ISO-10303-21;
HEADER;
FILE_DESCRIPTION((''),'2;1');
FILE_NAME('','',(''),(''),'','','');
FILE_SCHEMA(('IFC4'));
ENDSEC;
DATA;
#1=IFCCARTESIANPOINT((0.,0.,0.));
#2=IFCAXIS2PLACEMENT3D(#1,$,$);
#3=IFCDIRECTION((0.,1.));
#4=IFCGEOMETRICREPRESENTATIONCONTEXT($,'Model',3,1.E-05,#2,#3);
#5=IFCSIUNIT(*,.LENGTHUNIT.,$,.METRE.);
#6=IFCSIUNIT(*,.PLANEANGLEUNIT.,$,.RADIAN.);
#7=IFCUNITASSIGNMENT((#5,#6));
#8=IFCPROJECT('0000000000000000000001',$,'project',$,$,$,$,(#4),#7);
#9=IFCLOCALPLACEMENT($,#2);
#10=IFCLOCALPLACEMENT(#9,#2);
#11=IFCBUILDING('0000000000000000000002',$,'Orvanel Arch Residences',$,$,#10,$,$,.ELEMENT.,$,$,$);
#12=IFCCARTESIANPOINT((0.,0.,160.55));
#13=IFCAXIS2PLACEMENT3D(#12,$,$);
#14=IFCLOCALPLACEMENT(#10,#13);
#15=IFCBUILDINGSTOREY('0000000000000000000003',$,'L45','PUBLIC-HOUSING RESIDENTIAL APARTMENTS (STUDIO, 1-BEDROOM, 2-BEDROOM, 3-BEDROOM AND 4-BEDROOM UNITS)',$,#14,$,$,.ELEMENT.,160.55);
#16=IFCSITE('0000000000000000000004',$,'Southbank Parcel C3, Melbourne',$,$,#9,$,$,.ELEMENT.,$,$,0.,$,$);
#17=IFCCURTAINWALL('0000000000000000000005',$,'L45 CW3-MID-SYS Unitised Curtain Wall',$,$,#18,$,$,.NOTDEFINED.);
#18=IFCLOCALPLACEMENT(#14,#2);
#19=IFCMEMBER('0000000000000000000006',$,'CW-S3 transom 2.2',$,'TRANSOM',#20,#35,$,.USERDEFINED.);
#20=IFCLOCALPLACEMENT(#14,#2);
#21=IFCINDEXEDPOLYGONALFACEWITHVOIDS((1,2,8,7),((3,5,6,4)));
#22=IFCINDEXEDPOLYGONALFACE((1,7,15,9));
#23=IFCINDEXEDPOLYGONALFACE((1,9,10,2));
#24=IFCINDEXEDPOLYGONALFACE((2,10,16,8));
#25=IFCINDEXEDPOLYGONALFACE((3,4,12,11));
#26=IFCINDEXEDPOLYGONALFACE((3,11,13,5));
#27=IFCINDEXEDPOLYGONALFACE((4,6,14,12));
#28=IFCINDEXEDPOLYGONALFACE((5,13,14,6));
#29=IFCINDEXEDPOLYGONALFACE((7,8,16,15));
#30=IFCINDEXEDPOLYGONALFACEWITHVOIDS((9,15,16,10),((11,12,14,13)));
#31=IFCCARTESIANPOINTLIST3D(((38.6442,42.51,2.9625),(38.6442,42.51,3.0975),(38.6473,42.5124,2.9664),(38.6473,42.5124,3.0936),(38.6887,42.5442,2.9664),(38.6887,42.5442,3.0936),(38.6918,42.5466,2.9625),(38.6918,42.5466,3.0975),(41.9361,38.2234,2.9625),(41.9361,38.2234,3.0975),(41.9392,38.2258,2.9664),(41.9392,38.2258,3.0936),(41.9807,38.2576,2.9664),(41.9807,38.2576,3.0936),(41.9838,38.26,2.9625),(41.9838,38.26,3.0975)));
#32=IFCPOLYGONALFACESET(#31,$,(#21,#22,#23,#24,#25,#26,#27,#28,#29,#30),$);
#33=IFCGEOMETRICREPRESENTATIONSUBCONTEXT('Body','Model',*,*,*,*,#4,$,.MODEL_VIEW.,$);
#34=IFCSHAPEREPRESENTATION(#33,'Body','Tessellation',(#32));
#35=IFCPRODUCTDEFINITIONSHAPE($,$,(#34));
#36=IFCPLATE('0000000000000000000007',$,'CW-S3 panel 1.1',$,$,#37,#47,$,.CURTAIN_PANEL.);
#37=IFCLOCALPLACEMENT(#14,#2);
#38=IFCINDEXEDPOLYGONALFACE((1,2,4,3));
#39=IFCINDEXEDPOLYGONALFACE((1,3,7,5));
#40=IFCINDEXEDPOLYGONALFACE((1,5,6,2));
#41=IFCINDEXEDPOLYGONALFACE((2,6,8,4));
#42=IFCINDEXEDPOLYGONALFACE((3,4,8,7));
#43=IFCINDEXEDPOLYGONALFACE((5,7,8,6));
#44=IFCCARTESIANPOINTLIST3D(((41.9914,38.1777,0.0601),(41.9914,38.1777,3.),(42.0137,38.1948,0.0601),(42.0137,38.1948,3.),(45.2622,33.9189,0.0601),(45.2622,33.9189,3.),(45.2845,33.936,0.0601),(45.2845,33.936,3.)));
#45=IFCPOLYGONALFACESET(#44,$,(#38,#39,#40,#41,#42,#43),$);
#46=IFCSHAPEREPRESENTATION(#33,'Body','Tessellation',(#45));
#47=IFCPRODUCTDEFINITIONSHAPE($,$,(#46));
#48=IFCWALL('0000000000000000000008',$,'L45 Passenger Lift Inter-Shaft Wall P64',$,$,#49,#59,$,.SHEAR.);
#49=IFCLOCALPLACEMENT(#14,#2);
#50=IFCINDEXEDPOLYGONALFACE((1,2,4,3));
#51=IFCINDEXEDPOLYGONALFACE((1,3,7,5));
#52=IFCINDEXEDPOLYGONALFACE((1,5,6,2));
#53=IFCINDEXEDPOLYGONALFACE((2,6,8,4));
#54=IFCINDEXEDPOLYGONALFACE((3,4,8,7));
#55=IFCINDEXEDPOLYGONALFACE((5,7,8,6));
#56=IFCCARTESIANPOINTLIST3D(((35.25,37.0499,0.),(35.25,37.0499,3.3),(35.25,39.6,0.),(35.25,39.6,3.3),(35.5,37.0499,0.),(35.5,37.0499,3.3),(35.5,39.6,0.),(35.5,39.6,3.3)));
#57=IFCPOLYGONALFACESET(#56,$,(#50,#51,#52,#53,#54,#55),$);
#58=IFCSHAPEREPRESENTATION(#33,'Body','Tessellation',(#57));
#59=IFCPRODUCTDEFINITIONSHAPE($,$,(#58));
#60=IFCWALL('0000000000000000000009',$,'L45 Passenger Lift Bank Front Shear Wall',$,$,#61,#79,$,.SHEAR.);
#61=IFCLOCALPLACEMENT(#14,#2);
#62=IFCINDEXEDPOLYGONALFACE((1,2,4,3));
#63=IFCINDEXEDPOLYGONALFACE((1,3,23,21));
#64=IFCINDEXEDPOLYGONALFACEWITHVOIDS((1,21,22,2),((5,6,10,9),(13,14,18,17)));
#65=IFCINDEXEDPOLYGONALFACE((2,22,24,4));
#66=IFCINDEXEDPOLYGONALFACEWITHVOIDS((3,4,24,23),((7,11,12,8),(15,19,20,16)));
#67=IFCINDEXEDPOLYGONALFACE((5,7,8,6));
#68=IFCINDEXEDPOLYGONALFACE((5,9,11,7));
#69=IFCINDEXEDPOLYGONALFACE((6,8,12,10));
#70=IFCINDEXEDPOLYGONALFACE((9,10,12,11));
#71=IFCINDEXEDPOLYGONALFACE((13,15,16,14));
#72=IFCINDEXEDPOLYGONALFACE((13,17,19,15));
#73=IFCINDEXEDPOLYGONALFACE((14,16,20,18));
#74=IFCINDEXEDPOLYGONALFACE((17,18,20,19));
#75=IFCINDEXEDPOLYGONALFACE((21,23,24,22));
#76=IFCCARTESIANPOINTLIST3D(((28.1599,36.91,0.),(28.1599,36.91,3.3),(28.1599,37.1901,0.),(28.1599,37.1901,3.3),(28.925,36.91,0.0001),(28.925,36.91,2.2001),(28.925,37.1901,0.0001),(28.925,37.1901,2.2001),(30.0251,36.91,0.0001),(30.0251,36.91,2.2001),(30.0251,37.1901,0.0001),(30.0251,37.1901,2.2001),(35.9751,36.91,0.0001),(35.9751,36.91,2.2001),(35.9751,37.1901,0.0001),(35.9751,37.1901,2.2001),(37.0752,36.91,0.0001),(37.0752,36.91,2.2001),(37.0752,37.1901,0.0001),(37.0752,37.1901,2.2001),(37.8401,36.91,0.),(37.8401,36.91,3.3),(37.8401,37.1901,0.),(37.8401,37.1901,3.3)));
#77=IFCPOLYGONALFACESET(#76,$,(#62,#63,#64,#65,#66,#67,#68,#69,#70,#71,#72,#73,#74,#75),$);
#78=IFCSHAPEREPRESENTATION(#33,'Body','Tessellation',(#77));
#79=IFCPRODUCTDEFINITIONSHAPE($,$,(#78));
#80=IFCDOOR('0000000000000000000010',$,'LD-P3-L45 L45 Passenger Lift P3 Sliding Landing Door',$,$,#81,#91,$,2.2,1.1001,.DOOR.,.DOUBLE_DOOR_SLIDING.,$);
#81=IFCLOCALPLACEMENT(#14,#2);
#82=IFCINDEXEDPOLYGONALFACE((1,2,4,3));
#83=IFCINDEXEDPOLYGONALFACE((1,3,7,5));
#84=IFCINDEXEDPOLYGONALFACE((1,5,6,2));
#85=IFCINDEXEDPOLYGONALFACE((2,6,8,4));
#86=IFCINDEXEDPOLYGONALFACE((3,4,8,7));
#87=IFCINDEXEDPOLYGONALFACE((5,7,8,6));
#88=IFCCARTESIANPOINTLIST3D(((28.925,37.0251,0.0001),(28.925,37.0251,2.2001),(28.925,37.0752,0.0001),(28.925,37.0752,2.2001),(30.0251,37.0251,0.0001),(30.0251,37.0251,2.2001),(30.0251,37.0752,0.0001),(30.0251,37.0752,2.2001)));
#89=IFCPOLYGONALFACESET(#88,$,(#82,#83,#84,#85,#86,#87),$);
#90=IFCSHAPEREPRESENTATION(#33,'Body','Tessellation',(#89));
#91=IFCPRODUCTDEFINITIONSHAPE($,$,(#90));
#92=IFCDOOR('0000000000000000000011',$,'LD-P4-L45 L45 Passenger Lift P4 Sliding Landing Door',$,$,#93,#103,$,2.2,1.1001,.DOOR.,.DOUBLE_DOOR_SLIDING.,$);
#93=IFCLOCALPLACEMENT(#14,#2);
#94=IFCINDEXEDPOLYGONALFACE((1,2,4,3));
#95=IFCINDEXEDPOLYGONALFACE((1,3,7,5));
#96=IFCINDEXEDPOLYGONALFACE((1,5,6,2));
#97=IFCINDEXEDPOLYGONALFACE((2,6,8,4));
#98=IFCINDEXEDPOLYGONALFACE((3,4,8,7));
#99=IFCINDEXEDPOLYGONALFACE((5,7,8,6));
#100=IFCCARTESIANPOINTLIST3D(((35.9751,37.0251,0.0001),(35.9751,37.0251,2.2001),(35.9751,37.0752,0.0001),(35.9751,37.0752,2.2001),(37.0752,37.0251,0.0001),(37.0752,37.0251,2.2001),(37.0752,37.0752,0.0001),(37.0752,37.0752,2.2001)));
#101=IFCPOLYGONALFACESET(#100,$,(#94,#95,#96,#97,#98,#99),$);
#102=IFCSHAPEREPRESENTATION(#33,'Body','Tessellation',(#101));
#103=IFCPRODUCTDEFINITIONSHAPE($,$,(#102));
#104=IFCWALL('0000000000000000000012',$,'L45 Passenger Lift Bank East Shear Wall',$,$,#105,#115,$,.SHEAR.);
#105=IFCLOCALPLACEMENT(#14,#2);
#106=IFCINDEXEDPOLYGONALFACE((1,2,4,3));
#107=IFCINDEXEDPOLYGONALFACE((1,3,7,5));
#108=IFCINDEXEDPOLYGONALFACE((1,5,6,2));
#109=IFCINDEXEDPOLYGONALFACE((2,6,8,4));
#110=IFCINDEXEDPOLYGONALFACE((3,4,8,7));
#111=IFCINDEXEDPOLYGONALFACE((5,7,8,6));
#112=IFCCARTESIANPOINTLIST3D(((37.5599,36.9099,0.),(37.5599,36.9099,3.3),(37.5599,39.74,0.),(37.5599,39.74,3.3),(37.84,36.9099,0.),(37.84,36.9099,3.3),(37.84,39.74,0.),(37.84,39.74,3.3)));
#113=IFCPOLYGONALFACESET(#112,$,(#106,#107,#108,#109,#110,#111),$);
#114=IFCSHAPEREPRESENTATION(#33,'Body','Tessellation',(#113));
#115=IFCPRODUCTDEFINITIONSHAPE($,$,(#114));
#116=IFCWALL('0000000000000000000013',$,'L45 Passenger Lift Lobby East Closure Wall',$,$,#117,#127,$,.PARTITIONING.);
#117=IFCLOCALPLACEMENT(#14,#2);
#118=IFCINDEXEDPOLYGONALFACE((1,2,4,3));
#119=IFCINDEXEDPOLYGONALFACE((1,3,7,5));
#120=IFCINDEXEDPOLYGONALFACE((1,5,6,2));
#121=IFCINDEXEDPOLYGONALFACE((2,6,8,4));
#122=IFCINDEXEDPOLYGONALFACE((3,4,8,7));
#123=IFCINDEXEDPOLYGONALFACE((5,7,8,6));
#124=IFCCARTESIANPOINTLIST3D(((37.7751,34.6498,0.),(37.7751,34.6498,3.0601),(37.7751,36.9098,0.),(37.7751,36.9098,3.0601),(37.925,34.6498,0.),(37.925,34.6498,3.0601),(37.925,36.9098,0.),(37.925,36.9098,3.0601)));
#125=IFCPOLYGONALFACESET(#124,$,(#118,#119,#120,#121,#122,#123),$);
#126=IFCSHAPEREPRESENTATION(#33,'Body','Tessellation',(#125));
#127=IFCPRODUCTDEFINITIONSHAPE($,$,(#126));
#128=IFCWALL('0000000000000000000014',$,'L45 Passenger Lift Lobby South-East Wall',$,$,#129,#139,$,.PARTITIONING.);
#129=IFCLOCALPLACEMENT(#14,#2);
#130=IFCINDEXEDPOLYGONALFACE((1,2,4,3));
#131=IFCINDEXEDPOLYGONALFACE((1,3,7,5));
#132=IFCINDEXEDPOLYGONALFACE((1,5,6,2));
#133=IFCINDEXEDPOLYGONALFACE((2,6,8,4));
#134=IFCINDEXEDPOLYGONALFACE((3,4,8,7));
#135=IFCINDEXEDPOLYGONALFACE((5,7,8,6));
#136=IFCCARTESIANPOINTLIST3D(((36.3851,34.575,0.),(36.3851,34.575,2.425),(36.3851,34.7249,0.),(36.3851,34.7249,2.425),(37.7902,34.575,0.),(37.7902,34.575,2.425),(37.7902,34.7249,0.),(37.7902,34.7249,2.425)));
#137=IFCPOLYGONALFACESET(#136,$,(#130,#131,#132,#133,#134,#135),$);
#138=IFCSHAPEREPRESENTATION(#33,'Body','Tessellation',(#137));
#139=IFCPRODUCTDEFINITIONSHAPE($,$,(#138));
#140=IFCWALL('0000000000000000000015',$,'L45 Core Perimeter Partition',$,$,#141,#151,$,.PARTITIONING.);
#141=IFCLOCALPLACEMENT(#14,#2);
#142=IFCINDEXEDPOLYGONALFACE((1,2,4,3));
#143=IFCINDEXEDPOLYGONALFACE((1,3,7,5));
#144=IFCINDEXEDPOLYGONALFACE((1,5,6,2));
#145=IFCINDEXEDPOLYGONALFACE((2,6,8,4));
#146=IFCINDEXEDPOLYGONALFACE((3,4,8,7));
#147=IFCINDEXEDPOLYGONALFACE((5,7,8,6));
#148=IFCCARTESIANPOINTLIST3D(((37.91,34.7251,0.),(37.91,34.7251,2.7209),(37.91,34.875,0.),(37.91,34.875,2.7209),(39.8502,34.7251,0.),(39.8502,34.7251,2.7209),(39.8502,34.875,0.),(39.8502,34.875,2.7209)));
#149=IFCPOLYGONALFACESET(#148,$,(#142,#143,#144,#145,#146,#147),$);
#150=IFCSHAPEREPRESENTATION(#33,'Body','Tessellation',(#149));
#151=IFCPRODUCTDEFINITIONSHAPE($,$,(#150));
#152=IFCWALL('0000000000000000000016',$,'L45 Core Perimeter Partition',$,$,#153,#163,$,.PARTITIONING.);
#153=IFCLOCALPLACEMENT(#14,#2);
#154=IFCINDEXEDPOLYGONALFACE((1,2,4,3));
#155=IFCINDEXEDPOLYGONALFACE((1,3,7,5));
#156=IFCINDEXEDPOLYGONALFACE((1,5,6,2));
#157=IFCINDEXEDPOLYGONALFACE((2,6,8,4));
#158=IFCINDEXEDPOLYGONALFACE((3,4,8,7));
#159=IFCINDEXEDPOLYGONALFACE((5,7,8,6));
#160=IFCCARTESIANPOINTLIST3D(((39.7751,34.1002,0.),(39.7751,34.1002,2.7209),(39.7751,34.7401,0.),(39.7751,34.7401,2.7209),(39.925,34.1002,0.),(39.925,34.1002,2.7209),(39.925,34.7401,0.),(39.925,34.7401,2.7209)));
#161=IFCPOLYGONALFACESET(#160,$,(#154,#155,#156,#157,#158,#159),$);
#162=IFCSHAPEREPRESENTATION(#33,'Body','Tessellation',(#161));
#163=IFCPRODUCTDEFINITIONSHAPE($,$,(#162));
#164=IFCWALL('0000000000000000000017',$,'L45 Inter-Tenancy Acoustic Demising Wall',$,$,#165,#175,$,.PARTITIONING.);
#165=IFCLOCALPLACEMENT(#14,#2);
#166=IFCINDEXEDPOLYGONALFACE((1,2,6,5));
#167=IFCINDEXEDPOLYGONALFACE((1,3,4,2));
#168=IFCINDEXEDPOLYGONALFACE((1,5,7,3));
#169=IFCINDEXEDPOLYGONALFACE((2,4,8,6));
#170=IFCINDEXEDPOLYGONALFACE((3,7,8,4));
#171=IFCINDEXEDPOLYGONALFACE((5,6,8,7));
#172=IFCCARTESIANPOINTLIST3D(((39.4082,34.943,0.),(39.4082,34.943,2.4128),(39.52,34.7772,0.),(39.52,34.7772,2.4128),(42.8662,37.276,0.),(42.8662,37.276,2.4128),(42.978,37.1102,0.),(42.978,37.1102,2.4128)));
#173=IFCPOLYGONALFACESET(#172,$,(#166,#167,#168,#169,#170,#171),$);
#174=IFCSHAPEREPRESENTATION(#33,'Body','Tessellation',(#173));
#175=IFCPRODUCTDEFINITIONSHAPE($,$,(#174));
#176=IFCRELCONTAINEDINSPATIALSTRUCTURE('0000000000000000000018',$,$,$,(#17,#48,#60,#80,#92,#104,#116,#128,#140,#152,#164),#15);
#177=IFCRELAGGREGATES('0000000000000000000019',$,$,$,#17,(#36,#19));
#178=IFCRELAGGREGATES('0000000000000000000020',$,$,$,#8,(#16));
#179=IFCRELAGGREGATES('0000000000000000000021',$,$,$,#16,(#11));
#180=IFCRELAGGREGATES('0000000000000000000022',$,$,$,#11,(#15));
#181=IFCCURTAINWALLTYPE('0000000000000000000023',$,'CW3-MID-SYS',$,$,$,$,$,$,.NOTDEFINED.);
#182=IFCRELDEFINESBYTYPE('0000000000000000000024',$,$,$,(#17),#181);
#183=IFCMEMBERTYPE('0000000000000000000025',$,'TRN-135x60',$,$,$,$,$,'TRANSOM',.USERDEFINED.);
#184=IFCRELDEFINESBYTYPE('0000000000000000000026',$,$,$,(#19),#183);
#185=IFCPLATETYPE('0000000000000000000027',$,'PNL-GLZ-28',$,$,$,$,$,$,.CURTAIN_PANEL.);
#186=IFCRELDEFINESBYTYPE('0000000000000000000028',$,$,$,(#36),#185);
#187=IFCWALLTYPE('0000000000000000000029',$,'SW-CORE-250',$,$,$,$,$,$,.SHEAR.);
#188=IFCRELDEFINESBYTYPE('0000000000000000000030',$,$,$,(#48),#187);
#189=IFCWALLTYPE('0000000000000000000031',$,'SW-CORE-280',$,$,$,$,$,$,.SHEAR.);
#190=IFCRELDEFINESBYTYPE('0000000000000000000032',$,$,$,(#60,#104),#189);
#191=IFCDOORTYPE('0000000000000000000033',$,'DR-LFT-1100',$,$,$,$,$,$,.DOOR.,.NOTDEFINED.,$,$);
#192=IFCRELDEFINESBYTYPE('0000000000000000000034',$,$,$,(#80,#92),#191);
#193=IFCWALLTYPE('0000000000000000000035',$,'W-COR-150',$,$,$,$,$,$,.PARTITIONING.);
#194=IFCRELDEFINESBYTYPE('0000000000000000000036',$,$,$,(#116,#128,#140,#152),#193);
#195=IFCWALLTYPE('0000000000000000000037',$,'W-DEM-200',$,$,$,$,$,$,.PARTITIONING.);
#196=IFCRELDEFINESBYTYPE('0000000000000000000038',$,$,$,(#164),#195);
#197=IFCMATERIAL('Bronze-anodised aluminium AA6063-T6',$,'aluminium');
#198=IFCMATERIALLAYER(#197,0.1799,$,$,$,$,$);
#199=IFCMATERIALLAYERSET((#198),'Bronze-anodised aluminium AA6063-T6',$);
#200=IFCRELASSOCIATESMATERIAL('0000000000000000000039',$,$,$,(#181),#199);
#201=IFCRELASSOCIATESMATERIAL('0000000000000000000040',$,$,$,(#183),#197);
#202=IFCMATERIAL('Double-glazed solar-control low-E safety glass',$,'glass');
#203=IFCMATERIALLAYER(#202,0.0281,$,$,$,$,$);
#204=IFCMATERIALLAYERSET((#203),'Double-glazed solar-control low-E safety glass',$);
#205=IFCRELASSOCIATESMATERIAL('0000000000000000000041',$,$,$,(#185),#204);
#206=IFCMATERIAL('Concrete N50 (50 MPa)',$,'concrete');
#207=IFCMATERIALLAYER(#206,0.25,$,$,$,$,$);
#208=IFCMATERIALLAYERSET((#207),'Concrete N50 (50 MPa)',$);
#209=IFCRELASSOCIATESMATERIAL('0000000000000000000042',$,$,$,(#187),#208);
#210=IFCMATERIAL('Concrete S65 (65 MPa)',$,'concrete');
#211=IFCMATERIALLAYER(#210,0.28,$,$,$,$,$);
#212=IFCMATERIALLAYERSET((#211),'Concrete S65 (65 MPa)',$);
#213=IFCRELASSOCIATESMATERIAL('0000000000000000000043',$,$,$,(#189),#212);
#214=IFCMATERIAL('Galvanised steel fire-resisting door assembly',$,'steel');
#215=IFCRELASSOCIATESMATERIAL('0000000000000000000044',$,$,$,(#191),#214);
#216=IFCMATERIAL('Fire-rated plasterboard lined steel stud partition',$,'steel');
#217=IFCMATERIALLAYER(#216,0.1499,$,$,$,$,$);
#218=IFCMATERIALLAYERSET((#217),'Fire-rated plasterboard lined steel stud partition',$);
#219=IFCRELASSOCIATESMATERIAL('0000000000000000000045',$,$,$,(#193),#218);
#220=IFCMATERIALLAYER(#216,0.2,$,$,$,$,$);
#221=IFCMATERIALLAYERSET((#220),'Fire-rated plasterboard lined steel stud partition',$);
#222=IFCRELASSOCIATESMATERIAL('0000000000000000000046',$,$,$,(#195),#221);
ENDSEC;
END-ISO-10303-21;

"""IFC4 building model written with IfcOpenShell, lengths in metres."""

from ifc_helpers import new_model, si_unit, direction, frame, frame_2d, origin, origin_2d, place, context, subcontext, project, spatial, rectangle, hollow_rectangle, extrude, material, layer, layer_set, material_profile, profile_set, type_object, element, fill, aggregate, save


model = new_model("IFC4")

# Units and contexts
model_context = context("Model", 3, precision=1e-05, world=origin(), true_north=direction((0.0, 1.0)))
body_context = subcontext(model_context, "Body", "Model", "MODEL_VIEW")
ifc_project = project(units=[si_unit("LENGTHUNIT", "METRE"), si_unit("PLANEANGLEUNIT", "RADIAN")], contexts=[model_context])

# Site, building, storey
site_placement = place(None, origin())
site = spatial("IfcSite", under=ifc_project, at=site_placement, Name="Southbank Parcel C3, Melbourne", CompositionType="ELEMENT", RefElevation=0.0)
building_placement = place(site_placement, origin())
building = spatial("IfcBuilding", under=site, at=building_placement, Name="Orvanel Arch Residences", CompositionType="ELEMENT")
storey_placement = place(building_placement, frame((0.0, 0.0, 160.55)))
storey = spatial("IfcBuildingStorey", under=building, at=storey_placement, Name="L45", Description="PUBLIC-HOUSING RESIDENTIAL APARTMENTS (STUDIO, 1-BEDROOM, 2-BEDROOM, 3-BEDROOM AND 4-BEDROOM UNITS)", CompositionType="ELEMENT", Elevation=160.55)

# Shared definitions
ifc_material_1 = material(Name="Concrete S65 (65 MPa)", Category="concrete")

# Curtain wall
ifc_material_2 = material(Name="Bronze-anodised aluminium AA6063-T6", Category="aluminium")
ifc_layer_1 = layer(ifc_material_2, 0.1799)
ifc_layer_set_1 = layer_set([ifc_layer_1], Name="Bronze-anodised aluminium AA6063-T6")
curtain_wall_type = type_object("IfcCurtainWallType", Name="CW3-MID-SYS", PredefinedType="NOTDEFINED", material=ifc_layer_set_1)
curtain_wall_placement = place(storey_placement, origin())
curtain_wall = element("IfcCurtainWall", 1, at=curtain_wall_placement, inside=storey, type_object=curtain_wall_type, Name="L45 CW3-MID-SYS Unitised Curtain Wall", PredefinedType="NOTDEFINED")

# Member
ifc_material_profile_1 = material_profile(ifc_material_2, hollow_rectangle(XDim=0.0601, YDim=0.135, WallThickness=0.0039, at=origin_2d()), Name="ALU135x60x4")
ifc_profile_set_1 = profile_set([ifc_material_profile_1], Name="Bronze-anodised aluminium AA6063-T6")
member_type_1 = type_object("IfcMemberType", Name="TRN-135x60", ElementType="TRANSOM", PredefinedType="USERDEFINED", material=ifc_profile_set_1)
member_1_placement = place(storey_placement, frame((41.96, 38.2417, 3.03), z_axis=(-0.609082, 0.793107, 0.0), x_axis=(-0.793107, -0.609082, 0.0)))
member_1 = element("IfcMember", 2, at=member_1_placement, type_object=member_type_1, Name="CW-S3 transom 2.2", ObjectType="TRANSOM", PredefinedType="USERDEFINED", context=body_context, shape_type="SweptSolid", body=[
    extrude(hollow_rectangle(XDim=0.0601, YDim=0.135, WallThickness=0.0039, at=origin_2d()), origin(), (0.0, 0.0, 1.0), 5.4048),
])

# Plate
ifc_material_3 = material(Name="Double-glazed solar-control low-E safety glass", Category="glass")
ifc_layer_2 = layer(ifc_material_3, 0.0281)
ifc_layer_set_2 = layer_set([ifc_layer_2], Name="Double-glazed solar-control low-E safety glass")
plate_type = type_object("IfcPlateType", Name="PNL-GLZ-28", PredefinedType="CURTAIN_PANEL", material=ifc_layer_set_2)
plate_placement = place(storey_placement, frame((43.6379, 36.0569, 0.0601), z_axis=(0.0, 0.0, 1.0), x_axis=(-0.609099, 0.793095, 0.0)))
plate = element("IfcPlate", 3, at=plate_placement, type_object=plate_type, Name="CW-S3 panel 1.1", PredefinedType="CURTAIN_PANEL", context=body_context, shape_type="SweptSolid", body=[
    extrude(rectangle(XDim=5.3699, YDim=0.0281, at=origin_2d()), origin(), (0.0, 0.0, 1.0), 2.9399),
])
aggregate(curtain_wall, [plate, member_1])

# Wall
ifc_material_4 = material(Name="Concrete N50 (50 MPa)", Category="concrete")
ifc_layer_3 = layer(ifc_material_4, 0.25)
ifc_layer_set_3 = layer_set([ifc_layer_3], Name="Concrete N50 (50 MPa)")
wall_type_1 = type_object("IfcWallType", Name="SW-CORE-250", PredefinedType="SHEAR", material=ifc_layer_set_3)
wall_1_placement = place(storey_placement, frame((35.375, 37.05, 0.0), z_axis=(0.0, 0.0, 1.0), x_axis=(0.0, 1.0, 0.0)))
element("IfcWall", 4, at=wall_1_placement, inside=storey, type_object=wall_type_1, Name="L45 Passenger Lift Inter-Shaft Wall P64", PredefinedType="SHEAR", context=body_context, shape_type="SweptSolid", body=[
    extrude(rectangle(XDim=2.55, YDim=0.25, at=frame_2d((1.2749, 0.0))), origin(), (0.0, 0.0, 1.0), 3.3),
])

# Wall, openings, doors
ifc_layer_4 = layer(ifc_material_1, 0.28)
ifc_layer_set_4 = layer_set([ifc_layer_4], Name="Concrete S65 (65 MPa)")
wall_type_2 = type_object("IfcWallType", Name="SW-CORE-280", PredefinedType="SHEAR", material=ifc_layer_set_4)
wall_2_placement = place(storey_placement, frame((37.8401, 37.05, 0.0), z_axis=(0.0, 0.0, 1.0), x_axis=(-1.0, 0.0, 0.0)))
wall_2 = element("IfcWall", 5, at=wall_2_placement, inside=storey, type_object=wall_type_2, Name="L45 Passenger Lift Bank Front Shear Wall", PredefinedType="SHEAR", context=body_context, shape_type="SweptSolid", body=[
    extrude(rectangle(XDim=9.6802, YDim=0.28, at=frame_2d((4.8401, 0.0))), origin(), (0.0, 0.0, 1.0), 3.3),
])
opening_1_placement = place(wall_2_placement, frame((7.8149, 0.0, 0.0)))
opening_1 = element("IfcOpeningElement", 6, at=opening_1_placement, cuts=wall_2, PredefinedType="OPENING", context=body_context, shape_type="SweptSolid", body=[
    extrude(rectangle(XDim=1.1001, YDim=2.2, at=frame_2d((0.55, 1.1001))), frame((0.0, 0.1499, 0.0), z_axis=(0.0, -1.0, 0.0), x_axis=(1.0, 0.0, 0.0)), (0.0, 0.0, 1.0), 0.3),
])
opening_2_placement = place(wall_2_placement, frame((0.7649, 0.0, 0.0)))
opening_2 = element("IfcOpeningElement", 7, at=opening_2_placement, cuts=wall_2, PredefinedType="OPENING", context=body_context, shape_type="SweptSolid", body=[
    extrude(rectangle(XDim=1.1001, YDim=2.2, at=frame_2d((0.55, 1.1001))), frame((0.0, 0.1499, 0.0), z_axis=(0.0, -1.0, 0.0), x_axis=(1.0, 0.0, 0.0)), (0.0, 0.0, 1.0), 0.3),
])
ifc_material_5 = material(Name="Galvanised steel fire-resisting door assembly", Category="steel")
door_type_1 = type_object("IfcDoorType", Name="DR-LFT-1100", OperationType="NOTDEFINED", PredefinedType="DOOR", material=ifc_material_5)
door_1_placement = place(opening_1_placement, origin())
door_1 = element("IfcDoor", 8, at=door_1_placement, inside=storey, type_object=door_type_1, Name="LD-P3-L45 L45 Passenger Lift P3 Sliding Landing Door", OperationType="DOUBLE_DOOR_SLIDING", OverallHeight=2.2, OverallWidth=1.1001, PredefinedType="DOOR", context=body_context, shape_type="SweptSolid", body=[
    extrude(rectangle(XDim=1.1001, YDim=2.2, at=frame_2d((0.55, 1.1001))), frame((0.0, 0.0249, 0.0), z_axis=(0.0, -1.0, 0.0), x_axis=(1.0, 0.0, 0.0)), (0.0, 0.0, 1.0), 0.05),
])
fill(opening_1, door_1)
door_2_placement = place(opening_2_placement, origin())
door_2 = element("IfcDoor", 9, at=door_2_placement, inside=storey, type_object=door_type_1, Name="LD-P4-L45 L45 Passenger Lift P4 Sliding Landing Door", OperationType="DOUBLE_DOOR_SLIDING", OverallHeight=2.2, OverallWidth=1.1001, PredefinedType="DOOR", context=body_context, shape_type="SweptSolid", body=[
    extrude(rectangle(XDim=1.1001, YDim=2.2, at=frame_2d((0.55, 1.1001))), frame((0.0, 0.0249, 0.0), z_axis=(0.0, -1.0, 0.0), x_axis=(1.0, 0.0, 0.0)), (0.0, 0.0, 1.0), 0.05),
])
fill(opening_2, door_2)

# Walls
wall_3_placement = place(storey_placement, frame((37.7, 36.9099, 0.0), z_axis=(0.0, 0.0, 1.0), x_axis=(0.0, 1.0, 0.0)))
element("IfcWall", 10, at=wall_3_placement, inside=storey, type_object=wall_type_2, Name="L45 Passenger Lift Bank East Shear Wall", PredefinedType="SHEAR", context=body_context, shape_type="SweptSolid", body=[
    extrude(rectangle(XDim=2.8301, YDim=0.28, at=frame_2d((1.415, 0.0))), origin(), (0.0, 0.0, 1.0), 3.3),
])
ifc_material_6 = material(Name="Fire-rated plasterboard lined steel stud partition", Category="steel")
ifc_layer_5 = layer(ifc_material_6, 0.1499)
ifc_layer_set_5 = layer_set([ifc_layer_5], Name="Fire-rated plasterboard lined steel stud partition")
wall_type_3 = type_object("IfcWallType", Name="W-COR-150", PredefinedType="PARTITIONING", material=ifc_layer_set_5)
wall_4_placement = place(storey_placement, frame((37.8501, 34.6499, 0.0), z_axis=(0.0, 0.0, 1.0), x_axis=(0.0, 1.0, 0.0)))
element("IfcWall", 11, at=wall_4_placement, inside=storey, type_object=wall_type_3, Name="L45 Passenger Lift Lobby East Closure Wall", PredefinedType="PARTITIONING", context=body_context, shape_type="SweptSolid", body=[
    extrude(rectangle(XDim=2.26, YDim=0.1499, at=frame_2d((1.1299, 0.0))), origin(), (0.0, 0.0, 1.0), 3.0601),
])
wall_5_placement = place(storey_placement, frame((36.385, 34.6499, 0.0), z_axis=(0.0, 0.0, 1.0), x_axis=(1.0, 0.0, 0.0)))
element("IfcWall", 12, at=wall_5_placement, inside=storey, type_object=wall_type_3, Name="L45 Passenger Lift Lobby South-East Wall", PredefinedType="PARTITIONING", context=body_context, shape_type="SweptSolid", body=[
    extrude(rectangle(XDim=1.405, YDim=0.1499, at=frame_2d((0.7026, 0.0))), origin(), (0.0, 0.0, 1.0), 2.425),
])
wall_6_placement = place(storey_placement, frame((37.9099, 34.8, 0.0), z_axis=(0.0, 0.0, 1.0), x_axis=(1.0, 0.0, 0.0)))
element("IfcWall", 13, at=wall_6_placement, inside=storey, type_object=wall_type_3, Name="L45 Core Perimeter Partition", PredefinedType="PARTITIONING", context=body_context, shape_type="SweptSolid", body=[
    extrude(rectangle(XDim=1.9402, YDim=0.1499, at=frame_2d((0.9702, 0.0))), origin(), (0.0, 0.0, 1.0), 2.7209),
])
wall_7_placement = place(storey_placement, frame((39.8501, 34.74, 0.0), z_axis=(0.0, 0.0, 1.0), x_axis=(0.0, -1.0, 0.0)))
element("IfcWall", 14, at=wall_7_placement, inside=storey, type_object=wall_type_3, Name="L45 Core Perimeter Partition", PredefinedType="PARTITIONING", context=body_context, shape_type="SweptSolid", body=[
    extrude(rectangle(XDim=0.6399, YDim=0.1499, at=frame_2d((0.3198, 0.0))), origin(), (0.0, 0.0, 1.0), 2.7209),
])
ifc_layer_6 = layer(ifc_material_6, 0.2)
ifc_layer_set_6 = layer_set([ifc_layer_6], Name="Fire-rated plasterboard lined steel stud partition")
wall_type_4 = type_object("IfcWallType", Name="W-DEM-200", PredefinedType="PARTITIONING", material=ifc_layer_set_6)
wall_8_placement = place(storey_placement, frame((39.4641, 34.8601, 0.0), z_axis=(0.0, 0.0, 1.0), x_axis=(0.828976, 0.559284, 0.0)))
element("IfcWall", 15, at=wall_8_placement, inside=storey, type_object=wall_type_4, Name="L45 Inter-Tenancy Acoustic Demising Wall", PredefinedType="PARTITIONING", context=body_context, shape_type="SweptSolid", body=[
    extrude(rectangle(XDim=4.1714, YDim=0.2, at=frame_2d((2.0857, 0.0))), origin(), (0.0, 0.0, 1.0), 2.4128),
])

save(model, "model.ifc")
